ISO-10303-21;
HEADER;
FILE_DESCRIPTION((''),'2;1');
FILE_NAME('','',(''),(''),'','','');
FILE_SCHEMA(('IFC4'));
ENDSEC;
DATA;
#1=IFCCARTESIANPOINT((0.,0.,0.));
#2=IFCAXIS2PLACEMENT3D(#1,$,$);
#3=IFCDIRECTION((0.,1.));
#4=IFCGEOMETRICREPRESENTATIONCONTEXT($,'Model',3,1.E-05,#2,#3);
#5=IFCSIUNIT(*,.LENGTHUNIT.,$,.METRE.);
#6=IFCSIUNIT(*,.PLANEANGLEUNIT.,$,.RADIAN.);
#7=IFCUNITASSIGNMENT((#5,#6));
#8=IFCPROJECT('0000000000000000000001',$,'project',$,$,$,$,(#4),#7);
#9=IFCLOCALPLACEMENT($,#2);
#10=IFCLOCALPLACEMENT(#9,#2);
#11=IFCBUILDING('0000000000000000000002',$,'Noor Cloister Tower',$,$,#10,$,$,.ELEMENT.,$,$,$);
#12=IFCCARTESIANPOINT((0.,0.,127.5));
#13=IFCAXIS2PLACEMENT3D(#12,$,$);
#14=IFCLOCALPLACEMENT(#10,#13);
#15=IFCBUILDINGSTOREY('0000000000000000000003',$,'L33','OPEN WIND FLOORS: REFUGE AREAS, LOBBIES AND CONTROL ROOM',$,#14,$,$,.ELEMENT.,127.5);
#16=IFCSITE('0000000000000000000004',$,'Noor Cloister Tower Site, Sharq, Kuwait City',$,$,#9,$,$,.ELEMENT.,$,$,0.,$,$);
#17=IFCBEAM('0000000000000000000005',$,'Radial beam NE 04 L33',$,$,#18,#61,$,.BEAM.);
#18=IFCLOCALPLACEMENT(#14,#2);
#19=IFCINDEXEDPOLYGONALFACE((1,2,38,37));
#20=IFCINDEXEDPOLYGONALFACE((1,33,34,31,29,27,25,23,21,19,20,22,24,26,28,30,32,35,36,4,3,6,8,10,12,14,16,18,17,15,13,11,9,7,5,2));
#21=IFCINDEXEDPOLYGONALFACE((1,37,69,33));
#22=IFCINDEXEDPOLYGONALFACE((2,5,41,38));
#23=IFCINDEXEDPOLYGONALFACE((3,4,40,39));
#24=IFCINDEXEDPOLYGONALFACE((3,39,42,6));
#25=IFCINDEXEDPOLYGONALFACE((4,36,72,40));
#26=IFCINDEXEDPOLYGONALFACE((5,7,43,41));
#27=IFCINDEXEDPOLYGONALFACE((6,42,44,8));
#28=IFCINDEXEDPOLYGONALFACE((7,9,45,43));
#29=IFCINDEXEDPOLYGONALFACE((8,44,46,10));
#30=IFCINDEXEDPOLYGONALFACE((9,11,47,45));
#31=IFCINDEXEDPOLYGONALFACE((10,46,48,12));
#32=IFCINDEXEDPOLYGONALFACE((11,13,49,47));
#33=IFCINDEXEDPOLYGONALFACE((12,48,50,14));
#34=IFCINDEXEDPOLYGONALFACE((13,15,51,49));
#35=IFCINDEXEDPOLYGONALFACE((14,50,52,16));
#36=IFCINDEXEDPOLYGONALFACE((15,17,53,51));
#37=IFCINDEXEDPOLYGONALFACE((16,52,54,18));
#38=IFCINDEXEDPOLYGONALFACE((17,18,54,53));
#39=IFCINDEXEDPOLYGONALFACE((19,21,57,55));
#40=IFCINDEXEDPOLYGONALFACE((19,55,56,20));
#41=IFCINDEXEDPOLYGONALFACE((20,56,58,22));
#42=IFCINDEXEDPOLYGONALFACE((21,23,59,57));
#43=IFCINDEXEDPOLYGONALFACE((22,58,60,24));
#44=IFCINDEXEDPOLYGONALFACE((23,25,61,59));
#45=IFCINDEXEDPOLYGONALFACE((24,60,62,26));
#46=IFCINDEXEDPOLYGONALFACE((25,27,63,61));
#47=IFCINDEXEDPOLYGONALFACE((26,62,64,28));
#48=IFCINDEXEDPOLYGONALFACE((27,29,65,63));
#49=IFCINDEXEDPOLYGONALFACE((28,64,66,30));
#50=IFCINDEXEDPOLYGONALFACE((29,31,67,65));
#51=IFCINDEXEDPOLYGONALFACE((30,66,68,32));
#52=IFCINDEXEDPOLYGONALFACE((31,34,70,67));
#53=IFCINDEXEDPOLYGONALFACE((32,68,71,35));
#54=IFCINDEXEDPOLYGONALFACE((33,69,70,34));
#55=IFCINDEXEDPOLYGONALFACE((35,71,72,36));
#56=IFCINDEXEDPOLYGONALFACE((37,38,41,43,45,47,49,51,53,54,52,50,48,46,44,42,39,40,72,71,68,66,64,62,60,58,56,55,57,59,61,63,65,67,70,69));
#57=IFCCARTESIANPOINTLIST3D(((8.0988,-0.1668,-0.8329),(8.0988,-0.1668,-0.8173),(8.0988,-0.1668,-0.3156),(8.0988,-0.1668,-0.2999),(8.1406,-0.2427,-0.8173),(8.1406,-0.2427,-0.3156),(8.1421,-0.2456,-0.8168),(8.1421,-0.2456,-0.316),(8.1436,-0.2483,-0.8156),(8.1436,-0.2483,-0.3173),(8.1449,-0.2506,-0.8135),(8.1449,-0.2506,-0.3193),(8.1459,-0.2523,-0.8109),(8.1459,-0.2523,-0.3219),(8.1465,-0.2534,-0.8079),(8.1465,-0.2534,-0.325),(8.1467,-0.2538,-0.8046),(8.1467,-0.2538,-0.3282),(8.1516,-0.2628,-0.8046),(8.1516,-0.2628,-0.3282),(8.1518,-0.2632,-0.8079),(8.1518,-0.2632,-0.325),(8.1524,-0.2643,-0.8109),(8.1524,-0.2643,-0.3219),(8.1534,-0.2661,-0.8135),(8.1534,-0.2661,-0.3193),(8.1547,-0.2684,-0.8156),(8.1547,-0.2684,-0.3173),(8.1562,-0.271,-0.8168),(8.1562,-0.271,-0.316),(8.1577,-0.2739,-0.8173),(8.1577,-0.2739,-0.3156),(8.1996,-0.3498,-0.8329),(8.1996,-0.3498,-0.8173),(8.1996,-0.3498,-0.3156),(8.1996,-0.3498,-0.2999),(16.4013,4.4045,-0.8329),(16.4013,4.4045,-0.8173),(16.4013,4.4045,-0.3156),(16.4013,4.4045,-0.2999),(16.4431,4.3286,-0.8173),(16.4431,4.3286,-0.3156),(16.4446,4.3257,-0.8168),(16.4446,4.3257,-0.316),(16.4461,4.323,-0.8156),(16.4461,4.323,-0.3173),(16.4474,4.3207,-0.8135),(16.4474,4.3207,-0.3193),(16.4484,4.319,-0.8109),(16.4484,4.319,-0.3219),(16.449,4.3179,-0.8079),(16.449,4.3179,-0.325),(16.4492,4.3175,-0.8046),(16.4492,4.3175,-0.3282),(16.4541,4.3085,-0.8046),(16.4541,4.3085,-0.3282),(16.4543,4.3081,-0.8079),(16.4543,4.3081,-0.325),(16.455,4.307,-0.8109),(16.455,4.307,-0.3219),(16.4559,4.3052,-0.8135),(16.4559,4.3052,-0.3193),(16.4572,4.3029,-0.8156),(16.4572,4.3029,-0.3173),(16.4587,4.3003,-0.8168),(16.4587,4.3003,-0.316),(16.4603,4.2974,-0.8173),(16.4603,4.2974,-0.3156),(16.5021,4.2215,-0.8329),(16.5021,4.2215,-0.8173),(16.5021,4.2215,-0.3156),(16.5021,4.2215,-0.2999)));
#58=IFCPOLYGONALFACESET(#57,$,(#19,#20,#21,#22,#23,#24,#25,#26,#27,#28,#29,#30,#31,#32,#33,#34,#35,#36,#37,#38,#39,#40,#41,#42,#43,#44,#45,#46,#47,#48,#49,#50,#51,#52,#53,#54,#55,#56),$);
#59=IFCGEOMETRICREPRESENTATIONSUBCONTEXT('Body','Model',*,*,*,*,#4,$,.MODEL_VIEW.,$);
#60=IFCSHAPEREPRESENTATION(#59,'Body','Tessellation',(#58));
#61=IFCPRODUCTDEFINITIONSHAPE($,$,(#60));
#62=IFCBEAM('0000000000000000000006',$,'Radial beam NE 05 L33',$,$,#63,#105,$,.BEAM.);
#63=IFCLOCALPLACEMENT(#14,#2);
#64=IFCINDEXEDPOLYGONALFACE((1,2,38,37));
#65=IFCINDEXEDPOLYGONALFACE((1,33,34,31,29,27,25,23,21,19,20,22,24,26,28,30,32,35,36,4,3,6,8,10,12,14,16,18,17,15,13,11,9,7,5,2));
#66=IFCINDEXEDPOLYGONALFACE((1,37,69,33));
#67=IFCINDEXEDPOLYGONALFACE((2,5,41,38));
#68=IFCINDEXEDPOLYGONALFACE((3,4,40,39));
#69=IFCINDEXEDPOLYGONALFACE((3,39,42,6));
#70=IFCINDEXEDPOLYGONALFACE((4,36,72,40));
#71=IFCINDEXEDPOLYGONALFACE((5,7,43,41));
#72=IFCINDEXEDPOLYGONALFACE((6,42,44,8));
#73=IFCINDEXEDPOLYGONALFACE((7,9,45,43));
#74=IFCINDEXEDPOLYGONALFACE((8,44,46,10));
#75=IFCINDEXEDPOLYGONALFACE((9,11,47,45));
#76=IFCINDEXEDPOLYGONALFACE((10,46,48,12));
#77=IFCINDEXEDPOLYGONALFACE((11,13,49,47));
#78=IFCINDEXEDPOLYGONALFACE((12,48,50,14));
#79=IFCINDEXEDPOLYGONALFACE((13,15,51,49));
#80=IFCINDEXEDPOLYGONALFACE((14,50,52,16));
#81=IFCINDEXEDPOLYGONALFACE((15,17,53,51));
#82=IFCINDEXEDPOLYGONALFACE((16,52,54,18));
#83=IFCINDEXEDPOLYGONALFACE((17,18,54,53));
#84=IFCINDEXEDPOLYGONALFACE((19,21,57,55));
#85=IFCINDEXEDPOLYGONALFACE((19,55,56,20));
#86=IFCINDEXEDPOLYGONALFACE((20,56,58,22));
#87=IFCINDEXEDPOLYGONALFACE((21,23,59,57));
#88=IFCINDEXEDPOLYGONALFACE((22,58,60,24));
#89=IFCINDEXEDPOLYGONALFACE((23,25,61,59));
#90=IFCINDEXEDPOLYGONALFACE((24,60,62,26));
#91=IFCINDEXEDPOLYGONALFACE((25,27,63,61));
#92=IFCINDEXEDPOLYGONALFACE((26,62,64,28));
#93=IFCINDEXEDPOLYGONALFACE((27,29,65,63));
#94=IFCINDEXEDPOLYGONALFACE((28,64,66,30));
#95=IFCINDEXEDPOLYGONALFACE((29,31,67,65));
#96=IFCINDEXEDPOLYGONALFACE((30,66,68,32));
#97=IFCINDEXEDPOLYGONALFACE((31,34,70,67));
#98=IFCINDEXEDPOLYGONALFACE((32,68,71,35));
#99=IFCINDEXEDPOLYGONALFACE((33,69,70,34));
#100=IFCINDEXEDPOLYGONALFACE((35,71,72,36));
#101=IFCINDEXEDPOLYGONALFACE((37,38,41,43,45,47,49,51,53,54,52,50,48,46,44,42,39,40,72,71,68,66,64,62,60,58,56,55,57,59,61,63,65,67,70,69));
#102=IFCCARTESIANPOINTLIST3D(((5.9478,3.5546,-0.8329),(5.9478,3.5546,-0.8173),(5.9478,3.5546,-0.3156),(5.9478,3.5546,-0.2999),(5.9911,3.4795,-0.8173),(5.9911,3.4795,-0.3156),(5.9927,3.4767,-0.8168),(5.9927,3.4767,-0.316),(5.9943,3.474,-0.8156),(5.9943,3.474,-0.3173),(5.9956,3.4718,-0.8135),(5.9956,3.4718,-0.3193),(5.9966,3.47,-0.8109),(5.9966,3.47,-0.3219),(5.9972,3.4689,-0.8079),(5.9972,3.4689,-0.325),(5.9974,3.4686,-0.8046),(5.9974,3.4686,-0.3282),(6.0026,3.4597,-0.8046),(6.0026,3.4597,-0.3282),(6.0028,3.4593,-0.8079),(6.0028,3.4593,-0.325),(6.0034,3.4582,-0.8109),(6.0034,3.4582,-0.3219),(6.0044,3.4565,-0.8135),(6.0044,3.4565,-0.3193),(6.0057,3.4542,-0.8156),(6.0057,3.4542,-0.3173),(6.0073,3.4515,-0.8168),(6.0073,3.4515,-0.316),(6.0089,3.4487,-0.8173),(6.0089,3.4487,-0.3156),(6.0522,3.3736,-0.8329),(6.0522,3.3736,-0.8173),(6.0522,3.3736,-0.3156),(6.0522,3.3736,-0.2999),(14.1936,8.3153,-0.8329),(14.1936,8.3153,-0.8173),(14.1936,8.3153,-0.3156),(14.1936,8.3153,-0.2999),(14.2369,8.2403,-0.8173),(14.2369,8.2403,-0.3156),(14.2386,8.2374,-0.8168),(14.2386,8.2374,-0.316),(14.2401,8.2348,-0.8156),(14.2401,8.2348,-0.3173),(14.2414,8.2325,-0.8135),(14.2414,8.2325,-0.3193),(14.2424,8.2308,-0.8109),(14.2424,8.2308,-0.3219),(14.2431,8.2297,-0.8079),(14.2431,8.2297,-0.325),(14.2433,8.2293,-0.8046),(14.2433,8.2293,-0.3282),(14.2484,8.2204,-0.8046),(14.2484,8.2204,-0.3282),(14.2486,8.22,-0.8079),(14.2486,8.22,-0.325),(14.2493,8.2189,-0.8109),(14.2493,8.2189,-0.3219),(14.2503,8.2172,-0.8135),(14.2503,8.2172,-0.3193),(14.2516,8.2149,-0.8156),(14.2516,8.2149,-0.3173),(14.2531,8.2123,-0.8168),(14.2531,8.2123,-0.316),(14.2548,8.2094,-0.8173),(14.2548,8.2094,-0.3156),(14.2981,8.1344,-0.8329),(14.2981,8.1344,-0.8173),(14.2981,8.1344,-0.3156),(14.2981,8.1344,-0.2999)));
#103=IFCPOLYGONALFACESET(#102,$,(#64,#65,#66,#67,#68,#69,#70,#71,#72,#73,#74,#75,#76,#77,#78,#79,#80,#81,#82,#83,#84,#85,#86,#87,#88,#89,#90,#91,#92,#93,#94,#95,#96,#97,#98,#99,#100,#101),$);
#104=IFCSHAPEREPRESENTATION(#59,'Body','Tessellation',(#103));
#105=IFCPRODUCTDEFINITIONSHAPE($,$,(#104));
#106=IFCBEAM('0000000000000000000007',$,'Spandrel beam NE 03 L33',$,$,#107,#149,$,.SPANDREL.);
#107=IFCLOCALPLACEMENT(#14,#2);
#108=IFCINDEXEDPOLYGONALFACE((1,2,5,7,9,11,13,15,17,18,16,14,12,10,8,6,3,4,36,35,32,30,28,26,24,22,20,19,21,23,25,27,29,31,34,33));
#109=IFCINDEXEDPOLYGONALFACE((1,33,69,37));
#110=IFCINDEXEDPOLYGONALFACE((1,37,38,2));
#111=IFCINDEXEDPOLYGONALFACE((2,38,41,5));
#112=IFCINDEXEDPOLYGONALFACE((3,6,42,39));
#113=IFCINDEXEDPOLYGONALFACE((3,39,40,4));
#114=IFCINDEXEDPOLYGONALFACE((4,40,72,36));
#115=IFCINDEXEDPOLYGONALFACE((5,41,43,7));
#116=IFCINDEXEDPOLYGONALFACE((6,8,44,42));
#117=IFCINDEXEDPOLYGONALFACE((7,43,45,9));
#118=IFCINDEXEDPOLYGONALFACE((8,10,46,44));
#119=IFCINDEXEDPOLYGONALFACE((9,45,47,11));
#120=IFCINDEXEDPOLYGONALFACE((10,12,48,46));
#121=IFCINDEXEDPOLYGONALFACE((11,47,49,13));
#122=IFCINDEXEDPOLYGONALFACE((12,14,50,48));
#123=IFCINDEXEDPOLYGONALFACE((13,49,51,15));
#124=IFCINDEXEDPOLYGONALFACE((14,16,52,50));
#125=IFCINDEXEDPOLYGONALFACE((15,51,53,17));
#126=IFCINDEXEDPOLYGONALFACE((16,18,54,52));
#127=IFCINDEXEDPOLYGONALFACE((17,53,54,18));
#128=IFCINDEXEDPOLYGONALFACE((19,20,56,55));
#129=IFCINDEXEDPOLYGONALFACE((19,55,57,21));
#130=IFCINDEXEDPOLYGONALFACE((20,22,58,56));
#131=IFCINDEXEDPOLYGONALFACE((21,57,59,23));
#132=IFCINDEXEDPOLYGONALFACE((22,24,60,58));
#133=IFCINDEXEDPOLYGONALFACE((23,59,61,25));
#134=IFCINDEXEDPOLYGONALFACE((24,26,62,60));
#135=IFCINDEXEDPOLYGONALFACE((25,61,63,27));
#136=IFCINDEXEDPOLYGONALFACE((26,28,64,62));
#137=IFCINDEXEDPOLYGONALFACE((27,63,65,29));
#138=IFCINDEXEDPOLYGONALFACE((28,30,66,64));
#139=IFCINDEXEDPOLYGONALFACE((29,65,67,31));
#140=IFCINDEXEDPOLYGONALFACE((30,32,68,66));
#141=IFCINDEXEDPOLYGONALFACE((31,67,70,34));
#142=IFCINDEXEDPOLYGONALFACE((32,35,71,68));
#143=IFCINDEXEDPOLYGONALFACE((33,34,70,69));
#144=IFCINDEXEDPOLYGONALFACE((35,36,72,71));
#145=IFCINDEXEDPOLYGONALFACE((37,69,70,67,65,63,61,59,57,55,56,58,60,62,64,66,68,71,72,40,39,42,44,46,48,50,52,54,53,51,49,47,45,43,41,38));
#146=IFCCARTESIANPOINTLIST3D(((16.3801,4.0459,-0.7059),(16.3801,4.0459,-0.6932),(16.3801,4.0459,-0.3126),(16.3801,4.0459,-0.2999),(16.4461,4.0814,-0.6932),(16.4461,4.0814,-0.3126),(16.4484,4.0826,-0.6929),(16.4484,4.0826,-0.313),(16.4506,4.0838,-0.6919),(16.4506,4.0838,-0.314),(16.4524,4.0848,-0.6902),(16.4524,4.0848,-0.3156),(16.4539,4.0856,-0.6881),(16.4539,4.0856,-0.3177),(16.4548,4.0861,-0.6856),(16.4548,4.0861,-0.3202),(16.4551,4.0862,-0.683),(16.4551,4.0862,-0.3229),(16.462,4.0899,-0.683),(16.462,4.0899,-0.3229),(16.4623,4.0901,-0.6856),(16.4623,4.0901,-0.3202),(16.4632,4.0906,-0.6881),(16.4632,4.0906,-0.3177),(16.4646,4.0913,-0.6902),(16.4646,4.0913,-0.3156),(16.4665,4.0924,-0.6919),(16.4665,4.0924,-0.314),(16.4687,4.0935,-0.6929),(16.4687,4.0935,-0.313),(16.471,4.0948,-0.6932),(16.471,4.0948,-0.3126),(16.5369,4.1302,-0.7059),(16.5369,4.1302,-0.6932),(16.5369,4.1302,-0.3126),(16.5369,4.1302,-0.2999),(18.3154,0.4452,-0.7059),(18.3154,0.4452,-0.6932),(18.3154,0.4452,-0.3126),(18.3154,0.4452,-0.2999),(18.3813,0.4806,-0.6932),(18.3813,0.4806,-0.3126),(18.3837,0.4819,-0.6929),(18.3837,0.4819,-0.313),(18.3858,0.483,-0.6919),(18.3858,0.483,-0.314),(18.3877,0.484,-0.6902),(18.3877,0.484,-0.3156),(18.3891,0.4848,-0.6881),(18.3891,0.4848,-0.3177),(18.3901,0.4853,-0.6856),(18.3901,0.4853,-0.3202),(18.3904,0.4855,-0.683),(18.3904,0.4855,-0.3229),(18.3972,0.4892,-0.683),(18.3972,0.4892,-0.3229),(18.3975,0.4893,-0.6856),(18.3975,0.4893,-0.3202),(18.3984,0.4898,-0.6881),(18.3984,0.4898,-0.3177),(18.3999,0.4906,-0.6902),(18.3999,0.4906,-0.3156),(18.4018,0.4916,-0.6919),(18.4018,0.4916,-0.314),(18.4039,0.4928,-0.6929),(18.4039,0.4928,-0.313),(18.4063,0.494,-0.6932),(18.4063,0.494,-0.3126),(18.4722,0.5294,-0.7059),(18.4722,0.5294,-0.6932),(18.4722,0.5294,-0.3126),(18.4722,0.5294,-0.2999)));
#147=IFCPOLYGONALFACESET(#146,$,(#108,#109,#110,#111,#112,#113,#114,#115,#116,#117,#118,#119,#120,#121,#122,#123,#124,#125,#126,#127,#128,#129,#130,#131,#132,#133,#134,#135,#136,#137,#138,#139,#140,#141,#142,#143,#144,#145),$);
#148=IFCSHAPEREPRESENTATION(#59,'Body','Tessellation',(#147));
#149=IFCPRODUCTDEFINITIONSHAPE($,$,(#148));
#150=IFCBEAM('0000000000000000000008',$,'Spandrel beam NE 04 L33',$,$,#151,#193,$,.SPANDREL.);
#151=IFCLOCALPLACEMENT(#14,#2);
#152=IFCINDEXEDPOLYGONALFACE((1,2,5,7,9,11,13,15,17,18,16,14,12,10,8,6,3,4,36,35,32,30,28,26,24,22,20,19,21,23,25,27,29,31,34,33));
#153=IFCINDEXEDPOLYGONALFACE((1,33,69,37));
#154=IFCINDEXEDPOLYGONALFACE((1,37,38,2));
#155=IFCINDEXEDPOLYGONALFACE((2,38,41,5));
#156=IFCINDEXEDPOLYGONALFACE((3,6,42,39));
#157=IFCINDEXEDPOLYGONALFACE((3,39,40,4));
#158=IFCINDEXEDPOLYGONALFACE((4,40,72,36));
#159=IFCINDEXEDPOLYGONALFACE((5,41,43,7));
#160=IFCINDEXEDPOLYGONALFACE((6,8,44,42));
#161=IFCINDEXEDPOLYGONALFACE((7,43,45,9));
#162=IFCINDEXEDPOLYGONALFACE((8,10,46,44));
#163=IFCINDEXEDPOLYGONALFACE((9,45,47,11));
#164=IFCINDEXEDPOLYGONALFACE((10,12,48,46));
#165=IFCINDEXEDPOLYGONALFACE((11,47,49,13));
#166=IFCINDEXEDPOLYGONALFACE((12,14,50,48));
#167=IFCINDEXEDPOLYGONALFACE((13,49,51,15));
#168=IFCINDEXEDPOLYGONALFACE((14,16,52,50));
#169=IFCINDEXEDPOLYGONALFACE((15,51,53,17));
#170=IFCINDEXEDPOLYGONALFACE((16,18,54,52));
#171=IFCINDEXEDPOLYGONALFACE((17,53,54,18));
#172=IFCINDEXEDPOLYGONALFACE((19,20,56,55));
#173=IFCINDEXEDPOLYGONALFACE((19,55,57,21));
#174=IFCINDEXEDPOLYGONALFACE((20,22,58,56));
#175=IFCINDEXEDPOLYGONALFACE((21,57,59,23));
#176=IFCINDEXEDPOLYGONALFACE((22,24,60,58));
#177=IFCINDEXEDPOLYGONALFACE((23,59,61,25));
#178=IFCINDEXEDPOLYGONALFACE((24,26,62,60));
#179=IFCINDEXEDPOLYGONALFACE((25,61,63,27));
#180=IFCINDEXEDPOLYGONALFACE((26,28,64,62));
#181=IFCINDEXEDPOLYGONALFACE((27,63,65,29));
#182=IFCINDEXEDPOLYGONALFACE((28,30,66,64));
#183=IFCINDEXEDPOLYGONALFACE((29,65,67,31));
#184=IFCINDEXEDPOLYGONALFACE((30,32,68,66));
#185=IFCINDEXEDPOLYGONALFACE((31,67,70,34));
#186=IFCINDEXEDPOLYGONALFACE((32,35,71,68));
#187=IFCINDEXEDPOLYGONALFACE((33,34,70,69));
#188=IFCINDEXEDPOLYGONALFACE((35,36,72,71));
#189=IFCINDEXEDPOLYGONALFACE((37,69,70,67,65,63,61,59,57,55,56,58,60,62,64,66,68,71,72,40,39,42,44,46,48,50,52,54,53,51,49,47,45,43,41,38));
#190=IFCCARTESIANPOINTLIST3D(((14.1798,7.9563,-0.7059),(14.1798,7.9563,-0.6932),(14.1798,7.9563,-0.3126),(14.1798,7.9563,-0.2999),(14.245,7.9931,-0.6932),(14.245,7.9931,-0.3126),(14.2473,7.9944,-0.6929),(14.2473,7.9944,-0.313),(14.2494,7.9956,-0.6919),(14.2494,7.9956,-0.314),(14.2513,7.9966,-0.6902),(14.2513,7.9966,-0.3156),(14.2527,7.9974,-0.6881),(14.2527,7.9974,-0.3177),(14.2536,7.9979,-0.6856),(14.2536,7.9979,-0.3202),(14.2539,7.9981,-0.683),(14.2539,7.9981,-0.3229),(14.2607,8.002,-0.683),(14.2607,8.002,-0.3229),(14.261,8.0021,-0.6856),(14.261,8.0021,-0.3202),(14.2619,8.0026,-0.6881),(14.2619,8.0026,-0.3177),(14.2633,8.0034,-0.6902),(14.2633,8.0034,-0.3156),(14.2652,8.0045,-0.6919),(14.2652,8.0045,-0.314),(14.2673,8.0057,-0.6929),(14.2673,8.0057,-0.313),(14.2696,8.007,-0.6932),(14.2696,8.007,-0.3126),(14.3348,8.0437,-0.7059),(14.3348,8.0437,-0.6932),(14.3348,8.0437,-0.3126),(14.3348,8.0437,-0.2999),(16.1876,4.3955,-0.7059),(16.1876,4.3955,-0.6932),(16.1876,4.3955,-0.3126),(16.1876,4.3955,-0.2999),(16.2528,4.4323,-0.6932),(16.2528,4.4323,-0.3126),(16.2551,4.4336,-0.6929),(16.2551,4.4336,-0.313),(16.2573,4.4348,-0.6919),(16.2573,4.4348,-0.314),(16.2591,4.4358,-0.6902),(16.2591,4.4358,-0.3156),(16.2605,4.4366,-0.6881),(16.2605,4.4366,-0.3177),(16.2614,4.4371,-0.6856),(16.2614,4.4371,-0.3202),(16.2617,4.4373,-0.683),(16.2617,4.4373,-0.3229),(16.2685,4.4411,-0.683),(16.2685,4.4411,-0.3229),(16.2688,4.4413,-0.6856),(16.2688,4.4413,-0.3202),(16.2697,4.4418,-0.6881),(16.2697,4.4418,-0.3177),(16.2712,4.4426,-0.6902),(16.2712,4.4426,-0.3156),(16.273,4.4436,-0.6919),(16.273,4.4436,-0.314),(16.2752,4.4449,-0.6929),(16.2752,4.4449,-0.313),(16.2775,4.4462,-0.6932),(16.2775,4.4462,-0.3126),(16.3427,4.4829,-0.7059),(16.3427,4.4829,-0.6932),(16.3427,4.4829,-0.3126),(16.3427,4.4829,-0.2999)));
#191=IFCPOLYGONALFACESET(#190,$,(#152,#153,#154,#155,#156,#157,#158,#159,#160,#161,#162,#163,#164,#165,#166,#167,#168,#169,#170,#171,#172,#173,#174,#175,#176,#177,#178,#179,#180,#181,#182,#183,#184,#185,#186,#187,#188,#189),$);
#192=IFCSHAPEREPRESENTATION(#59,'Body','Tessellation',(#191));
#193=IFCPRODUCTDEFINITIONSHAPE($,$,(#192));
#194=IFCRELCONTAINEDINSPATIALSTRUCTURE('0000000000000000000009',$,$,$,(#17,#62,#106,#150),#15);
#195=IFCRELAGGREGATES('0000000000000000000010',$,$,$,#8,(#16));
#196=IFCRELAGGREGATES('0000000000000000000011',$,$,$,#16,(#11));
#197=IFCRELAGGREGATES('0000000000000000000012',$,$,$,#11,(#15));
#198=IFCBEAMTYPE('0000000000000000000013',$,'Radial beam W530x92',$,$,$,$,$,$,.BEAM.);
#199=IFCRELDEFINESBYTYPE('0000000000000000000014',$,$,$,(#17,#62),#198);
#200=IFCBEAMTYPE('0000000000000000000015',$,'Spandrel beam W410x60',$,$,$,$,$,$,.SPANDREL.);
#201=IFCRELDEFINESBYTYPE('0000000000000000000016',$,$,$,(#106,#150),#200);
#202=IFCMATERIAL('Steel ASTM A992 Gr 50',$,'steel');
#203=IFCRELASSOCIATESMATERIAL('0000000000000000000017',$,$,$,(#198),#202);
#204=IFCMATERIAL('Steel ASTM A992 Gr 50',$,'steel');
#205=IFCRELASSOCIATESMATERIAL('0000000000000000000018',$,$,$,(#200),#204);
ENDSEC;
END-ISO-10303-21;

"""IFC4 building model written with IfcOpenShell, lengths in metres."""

from ifc_helpers import new_model, si_unit, direction, frame, origin, origin_2d, place, context, subcontext, project, spatial, i_section, extrude, material, material_profile, profile_set, type_object, element, save


model = new_model("IFC4")

# Units and contexts
model_context = context("Model", 3, precision=1e-05, world=origin(), true_north=direction((0.0, 1.0)))
body_context = subcontext(model_context, "Body", "Model", "MODEL_VIEW")
ifc_project = project(units=[si_unit("LENGTHUNIT", "METRE"), si_unit("PLANEANGLEUNIT", "RADIAN")], contexts=[model_context])

# Site, building, storey
site_placement = place(None, origin())
site = spatial("IfcSite", under=ifc_project, at=site_placement, Name="Noor Cloister Tower Site, Sharq, Kuwait City", CompositionType="ELEMENT", RefElevation=0.0)
building_placement = place(site_placement, origin())
building = spatial("IfcBuilding", under=site, at=building_placement, Name="Noor Cloister Tower", CompositionType="ELEMENT")
storey_placement = place(building_placement, frame((0.0, 0.0, 127.5)))
storey = spatial("IfcBuildingStorey", under=building, at=storey_placement, Name="L33", Description="OPEN WIND FLOORS: REFUGE AREAS, LOBBIES AND CONTROL ROOM", CompositionType="ELEMENT", Elevation=127.5)

# Beams
ifc_material_1 = material(Name="Steel ASTM A992 Gr 50", Category="steel")
ifc_material_profile_1 = material_profile(ifc_material_1, i_section(OverallWidth=0.209, OverallDepth=0.533, WebThickness=0.0103, FlangeThickness=0.0156, FilletRadius=0.0127, at=origin_2d()), Name="W530x92")
ifc_profile_set_1 = profile_set([ifc_material_profile_1], Name="Steel ASTM A992 Gr 50")
beam_type_1 = type_object("IfcBeamType", Name="Radial beam W530x92", PredefinedType="BEAM", material=ifc_profile_set_1)
beam_1_placement = place(storey_placement, frame((16.4517, 4.313, -0.5664), z_axis=(-0.875997, -0.482317, 0.0), x_axis=(0.482317, -0.875997, 0.0)))
element("IfcBeam", 1, at=beam_1_placement, inside=storey, type_object=beam_type_1, Name="Radial beam NE 04 L33", PredefinedType="BEAM", context=body_context, shape_type="SweptSolid", body=[
    extrude(i_section(OverallWidth=0.209, OverallDepth=0.533, WebThickness=0.0103, FlangeThickness=0.0156, FilletRadius=0.0127, at=origin_2d()), origin(), (0.0, 0.0, 1.0), 9.4778),
])
beam_2_placement = place(storey_placement, frame((14.2458, 8.2249, -0.5664), z_axis=(-0.866025, -0.5, 0.0), x_axis=(0.5, -0.866025, 0.0)))
element("IfcBeam", 2, at=beam_2_placement, inside=storey, type_object=beam_type_1, Name="Radial beam NE 05 L33", PredefinedType="BEAM", context=body_context, shape_type="SweptSolid", body=[
    extrude(i_section(OverallWidth=0.209, OverallDepth=0.533, WebThickness=0.0103, FlangeThickness=0.0156, FilletRadius=0.0127, at=origin_2d()), origin(), (0.0, 0.0, 1.0), 9.5215),
])
ifc_material_2 = material(Name="Steel ASTM A992 Gr 50", Category="steel")
ifc_material_profile_2 = material_profile(ifc_material_2, i_section(OverallWidth=0.178, OverallDepth=0.406, WebThickness=0.0078, FlangeThickness=0.0127, FilletRadius=0.0103, at=origin_2d()), Name="W410x60")
ifc_profile_set_2 = profile_set([ifc_material_profile_2], Name="Steel ASTM A992 Gr 50")
beam_type_2 = type_object("IfcBeamType", Name="Spandrel beam W410x60", PredefinedType="SPANDREL", material=ifc_profile_set_2)
for number, where, z_axis, x_axis, name in (
    (3, (18.3938, 0.4873, -0.5029), (-0.473416, 0.880839, 0.0), (-0.880839, -0.473416, 0.0), "Spandrel beam NE 03 L33"),
    (4, (16.2651, 4.4392, -0.5029), (-0.491166, 0.871066, 0.0), (-0.871066, -0.491166, 0.0), "Spandrel beam NE 04 L33"),
):
    element("IfcBeam", number, at=place(storey_placement, frame(where, z_axis=z_axis, x_axis=x_axis)), inside=storey, type_object=beam_type_2, Name=name, PredefinedType="SPANDREL", context=body_context, shape_type="SweptSolid", body=[
        extrude(i_section(OverallWidth=0.178, OverallDepth=0.406, WebThickness=0.0078, FlangeThickness=0.0127, FilletRadius=0.0103, at=origin_2d()), origin(), (0.0, 0.0, 1.0), 4.0879),
    ])

save(model, "model.ifc")
